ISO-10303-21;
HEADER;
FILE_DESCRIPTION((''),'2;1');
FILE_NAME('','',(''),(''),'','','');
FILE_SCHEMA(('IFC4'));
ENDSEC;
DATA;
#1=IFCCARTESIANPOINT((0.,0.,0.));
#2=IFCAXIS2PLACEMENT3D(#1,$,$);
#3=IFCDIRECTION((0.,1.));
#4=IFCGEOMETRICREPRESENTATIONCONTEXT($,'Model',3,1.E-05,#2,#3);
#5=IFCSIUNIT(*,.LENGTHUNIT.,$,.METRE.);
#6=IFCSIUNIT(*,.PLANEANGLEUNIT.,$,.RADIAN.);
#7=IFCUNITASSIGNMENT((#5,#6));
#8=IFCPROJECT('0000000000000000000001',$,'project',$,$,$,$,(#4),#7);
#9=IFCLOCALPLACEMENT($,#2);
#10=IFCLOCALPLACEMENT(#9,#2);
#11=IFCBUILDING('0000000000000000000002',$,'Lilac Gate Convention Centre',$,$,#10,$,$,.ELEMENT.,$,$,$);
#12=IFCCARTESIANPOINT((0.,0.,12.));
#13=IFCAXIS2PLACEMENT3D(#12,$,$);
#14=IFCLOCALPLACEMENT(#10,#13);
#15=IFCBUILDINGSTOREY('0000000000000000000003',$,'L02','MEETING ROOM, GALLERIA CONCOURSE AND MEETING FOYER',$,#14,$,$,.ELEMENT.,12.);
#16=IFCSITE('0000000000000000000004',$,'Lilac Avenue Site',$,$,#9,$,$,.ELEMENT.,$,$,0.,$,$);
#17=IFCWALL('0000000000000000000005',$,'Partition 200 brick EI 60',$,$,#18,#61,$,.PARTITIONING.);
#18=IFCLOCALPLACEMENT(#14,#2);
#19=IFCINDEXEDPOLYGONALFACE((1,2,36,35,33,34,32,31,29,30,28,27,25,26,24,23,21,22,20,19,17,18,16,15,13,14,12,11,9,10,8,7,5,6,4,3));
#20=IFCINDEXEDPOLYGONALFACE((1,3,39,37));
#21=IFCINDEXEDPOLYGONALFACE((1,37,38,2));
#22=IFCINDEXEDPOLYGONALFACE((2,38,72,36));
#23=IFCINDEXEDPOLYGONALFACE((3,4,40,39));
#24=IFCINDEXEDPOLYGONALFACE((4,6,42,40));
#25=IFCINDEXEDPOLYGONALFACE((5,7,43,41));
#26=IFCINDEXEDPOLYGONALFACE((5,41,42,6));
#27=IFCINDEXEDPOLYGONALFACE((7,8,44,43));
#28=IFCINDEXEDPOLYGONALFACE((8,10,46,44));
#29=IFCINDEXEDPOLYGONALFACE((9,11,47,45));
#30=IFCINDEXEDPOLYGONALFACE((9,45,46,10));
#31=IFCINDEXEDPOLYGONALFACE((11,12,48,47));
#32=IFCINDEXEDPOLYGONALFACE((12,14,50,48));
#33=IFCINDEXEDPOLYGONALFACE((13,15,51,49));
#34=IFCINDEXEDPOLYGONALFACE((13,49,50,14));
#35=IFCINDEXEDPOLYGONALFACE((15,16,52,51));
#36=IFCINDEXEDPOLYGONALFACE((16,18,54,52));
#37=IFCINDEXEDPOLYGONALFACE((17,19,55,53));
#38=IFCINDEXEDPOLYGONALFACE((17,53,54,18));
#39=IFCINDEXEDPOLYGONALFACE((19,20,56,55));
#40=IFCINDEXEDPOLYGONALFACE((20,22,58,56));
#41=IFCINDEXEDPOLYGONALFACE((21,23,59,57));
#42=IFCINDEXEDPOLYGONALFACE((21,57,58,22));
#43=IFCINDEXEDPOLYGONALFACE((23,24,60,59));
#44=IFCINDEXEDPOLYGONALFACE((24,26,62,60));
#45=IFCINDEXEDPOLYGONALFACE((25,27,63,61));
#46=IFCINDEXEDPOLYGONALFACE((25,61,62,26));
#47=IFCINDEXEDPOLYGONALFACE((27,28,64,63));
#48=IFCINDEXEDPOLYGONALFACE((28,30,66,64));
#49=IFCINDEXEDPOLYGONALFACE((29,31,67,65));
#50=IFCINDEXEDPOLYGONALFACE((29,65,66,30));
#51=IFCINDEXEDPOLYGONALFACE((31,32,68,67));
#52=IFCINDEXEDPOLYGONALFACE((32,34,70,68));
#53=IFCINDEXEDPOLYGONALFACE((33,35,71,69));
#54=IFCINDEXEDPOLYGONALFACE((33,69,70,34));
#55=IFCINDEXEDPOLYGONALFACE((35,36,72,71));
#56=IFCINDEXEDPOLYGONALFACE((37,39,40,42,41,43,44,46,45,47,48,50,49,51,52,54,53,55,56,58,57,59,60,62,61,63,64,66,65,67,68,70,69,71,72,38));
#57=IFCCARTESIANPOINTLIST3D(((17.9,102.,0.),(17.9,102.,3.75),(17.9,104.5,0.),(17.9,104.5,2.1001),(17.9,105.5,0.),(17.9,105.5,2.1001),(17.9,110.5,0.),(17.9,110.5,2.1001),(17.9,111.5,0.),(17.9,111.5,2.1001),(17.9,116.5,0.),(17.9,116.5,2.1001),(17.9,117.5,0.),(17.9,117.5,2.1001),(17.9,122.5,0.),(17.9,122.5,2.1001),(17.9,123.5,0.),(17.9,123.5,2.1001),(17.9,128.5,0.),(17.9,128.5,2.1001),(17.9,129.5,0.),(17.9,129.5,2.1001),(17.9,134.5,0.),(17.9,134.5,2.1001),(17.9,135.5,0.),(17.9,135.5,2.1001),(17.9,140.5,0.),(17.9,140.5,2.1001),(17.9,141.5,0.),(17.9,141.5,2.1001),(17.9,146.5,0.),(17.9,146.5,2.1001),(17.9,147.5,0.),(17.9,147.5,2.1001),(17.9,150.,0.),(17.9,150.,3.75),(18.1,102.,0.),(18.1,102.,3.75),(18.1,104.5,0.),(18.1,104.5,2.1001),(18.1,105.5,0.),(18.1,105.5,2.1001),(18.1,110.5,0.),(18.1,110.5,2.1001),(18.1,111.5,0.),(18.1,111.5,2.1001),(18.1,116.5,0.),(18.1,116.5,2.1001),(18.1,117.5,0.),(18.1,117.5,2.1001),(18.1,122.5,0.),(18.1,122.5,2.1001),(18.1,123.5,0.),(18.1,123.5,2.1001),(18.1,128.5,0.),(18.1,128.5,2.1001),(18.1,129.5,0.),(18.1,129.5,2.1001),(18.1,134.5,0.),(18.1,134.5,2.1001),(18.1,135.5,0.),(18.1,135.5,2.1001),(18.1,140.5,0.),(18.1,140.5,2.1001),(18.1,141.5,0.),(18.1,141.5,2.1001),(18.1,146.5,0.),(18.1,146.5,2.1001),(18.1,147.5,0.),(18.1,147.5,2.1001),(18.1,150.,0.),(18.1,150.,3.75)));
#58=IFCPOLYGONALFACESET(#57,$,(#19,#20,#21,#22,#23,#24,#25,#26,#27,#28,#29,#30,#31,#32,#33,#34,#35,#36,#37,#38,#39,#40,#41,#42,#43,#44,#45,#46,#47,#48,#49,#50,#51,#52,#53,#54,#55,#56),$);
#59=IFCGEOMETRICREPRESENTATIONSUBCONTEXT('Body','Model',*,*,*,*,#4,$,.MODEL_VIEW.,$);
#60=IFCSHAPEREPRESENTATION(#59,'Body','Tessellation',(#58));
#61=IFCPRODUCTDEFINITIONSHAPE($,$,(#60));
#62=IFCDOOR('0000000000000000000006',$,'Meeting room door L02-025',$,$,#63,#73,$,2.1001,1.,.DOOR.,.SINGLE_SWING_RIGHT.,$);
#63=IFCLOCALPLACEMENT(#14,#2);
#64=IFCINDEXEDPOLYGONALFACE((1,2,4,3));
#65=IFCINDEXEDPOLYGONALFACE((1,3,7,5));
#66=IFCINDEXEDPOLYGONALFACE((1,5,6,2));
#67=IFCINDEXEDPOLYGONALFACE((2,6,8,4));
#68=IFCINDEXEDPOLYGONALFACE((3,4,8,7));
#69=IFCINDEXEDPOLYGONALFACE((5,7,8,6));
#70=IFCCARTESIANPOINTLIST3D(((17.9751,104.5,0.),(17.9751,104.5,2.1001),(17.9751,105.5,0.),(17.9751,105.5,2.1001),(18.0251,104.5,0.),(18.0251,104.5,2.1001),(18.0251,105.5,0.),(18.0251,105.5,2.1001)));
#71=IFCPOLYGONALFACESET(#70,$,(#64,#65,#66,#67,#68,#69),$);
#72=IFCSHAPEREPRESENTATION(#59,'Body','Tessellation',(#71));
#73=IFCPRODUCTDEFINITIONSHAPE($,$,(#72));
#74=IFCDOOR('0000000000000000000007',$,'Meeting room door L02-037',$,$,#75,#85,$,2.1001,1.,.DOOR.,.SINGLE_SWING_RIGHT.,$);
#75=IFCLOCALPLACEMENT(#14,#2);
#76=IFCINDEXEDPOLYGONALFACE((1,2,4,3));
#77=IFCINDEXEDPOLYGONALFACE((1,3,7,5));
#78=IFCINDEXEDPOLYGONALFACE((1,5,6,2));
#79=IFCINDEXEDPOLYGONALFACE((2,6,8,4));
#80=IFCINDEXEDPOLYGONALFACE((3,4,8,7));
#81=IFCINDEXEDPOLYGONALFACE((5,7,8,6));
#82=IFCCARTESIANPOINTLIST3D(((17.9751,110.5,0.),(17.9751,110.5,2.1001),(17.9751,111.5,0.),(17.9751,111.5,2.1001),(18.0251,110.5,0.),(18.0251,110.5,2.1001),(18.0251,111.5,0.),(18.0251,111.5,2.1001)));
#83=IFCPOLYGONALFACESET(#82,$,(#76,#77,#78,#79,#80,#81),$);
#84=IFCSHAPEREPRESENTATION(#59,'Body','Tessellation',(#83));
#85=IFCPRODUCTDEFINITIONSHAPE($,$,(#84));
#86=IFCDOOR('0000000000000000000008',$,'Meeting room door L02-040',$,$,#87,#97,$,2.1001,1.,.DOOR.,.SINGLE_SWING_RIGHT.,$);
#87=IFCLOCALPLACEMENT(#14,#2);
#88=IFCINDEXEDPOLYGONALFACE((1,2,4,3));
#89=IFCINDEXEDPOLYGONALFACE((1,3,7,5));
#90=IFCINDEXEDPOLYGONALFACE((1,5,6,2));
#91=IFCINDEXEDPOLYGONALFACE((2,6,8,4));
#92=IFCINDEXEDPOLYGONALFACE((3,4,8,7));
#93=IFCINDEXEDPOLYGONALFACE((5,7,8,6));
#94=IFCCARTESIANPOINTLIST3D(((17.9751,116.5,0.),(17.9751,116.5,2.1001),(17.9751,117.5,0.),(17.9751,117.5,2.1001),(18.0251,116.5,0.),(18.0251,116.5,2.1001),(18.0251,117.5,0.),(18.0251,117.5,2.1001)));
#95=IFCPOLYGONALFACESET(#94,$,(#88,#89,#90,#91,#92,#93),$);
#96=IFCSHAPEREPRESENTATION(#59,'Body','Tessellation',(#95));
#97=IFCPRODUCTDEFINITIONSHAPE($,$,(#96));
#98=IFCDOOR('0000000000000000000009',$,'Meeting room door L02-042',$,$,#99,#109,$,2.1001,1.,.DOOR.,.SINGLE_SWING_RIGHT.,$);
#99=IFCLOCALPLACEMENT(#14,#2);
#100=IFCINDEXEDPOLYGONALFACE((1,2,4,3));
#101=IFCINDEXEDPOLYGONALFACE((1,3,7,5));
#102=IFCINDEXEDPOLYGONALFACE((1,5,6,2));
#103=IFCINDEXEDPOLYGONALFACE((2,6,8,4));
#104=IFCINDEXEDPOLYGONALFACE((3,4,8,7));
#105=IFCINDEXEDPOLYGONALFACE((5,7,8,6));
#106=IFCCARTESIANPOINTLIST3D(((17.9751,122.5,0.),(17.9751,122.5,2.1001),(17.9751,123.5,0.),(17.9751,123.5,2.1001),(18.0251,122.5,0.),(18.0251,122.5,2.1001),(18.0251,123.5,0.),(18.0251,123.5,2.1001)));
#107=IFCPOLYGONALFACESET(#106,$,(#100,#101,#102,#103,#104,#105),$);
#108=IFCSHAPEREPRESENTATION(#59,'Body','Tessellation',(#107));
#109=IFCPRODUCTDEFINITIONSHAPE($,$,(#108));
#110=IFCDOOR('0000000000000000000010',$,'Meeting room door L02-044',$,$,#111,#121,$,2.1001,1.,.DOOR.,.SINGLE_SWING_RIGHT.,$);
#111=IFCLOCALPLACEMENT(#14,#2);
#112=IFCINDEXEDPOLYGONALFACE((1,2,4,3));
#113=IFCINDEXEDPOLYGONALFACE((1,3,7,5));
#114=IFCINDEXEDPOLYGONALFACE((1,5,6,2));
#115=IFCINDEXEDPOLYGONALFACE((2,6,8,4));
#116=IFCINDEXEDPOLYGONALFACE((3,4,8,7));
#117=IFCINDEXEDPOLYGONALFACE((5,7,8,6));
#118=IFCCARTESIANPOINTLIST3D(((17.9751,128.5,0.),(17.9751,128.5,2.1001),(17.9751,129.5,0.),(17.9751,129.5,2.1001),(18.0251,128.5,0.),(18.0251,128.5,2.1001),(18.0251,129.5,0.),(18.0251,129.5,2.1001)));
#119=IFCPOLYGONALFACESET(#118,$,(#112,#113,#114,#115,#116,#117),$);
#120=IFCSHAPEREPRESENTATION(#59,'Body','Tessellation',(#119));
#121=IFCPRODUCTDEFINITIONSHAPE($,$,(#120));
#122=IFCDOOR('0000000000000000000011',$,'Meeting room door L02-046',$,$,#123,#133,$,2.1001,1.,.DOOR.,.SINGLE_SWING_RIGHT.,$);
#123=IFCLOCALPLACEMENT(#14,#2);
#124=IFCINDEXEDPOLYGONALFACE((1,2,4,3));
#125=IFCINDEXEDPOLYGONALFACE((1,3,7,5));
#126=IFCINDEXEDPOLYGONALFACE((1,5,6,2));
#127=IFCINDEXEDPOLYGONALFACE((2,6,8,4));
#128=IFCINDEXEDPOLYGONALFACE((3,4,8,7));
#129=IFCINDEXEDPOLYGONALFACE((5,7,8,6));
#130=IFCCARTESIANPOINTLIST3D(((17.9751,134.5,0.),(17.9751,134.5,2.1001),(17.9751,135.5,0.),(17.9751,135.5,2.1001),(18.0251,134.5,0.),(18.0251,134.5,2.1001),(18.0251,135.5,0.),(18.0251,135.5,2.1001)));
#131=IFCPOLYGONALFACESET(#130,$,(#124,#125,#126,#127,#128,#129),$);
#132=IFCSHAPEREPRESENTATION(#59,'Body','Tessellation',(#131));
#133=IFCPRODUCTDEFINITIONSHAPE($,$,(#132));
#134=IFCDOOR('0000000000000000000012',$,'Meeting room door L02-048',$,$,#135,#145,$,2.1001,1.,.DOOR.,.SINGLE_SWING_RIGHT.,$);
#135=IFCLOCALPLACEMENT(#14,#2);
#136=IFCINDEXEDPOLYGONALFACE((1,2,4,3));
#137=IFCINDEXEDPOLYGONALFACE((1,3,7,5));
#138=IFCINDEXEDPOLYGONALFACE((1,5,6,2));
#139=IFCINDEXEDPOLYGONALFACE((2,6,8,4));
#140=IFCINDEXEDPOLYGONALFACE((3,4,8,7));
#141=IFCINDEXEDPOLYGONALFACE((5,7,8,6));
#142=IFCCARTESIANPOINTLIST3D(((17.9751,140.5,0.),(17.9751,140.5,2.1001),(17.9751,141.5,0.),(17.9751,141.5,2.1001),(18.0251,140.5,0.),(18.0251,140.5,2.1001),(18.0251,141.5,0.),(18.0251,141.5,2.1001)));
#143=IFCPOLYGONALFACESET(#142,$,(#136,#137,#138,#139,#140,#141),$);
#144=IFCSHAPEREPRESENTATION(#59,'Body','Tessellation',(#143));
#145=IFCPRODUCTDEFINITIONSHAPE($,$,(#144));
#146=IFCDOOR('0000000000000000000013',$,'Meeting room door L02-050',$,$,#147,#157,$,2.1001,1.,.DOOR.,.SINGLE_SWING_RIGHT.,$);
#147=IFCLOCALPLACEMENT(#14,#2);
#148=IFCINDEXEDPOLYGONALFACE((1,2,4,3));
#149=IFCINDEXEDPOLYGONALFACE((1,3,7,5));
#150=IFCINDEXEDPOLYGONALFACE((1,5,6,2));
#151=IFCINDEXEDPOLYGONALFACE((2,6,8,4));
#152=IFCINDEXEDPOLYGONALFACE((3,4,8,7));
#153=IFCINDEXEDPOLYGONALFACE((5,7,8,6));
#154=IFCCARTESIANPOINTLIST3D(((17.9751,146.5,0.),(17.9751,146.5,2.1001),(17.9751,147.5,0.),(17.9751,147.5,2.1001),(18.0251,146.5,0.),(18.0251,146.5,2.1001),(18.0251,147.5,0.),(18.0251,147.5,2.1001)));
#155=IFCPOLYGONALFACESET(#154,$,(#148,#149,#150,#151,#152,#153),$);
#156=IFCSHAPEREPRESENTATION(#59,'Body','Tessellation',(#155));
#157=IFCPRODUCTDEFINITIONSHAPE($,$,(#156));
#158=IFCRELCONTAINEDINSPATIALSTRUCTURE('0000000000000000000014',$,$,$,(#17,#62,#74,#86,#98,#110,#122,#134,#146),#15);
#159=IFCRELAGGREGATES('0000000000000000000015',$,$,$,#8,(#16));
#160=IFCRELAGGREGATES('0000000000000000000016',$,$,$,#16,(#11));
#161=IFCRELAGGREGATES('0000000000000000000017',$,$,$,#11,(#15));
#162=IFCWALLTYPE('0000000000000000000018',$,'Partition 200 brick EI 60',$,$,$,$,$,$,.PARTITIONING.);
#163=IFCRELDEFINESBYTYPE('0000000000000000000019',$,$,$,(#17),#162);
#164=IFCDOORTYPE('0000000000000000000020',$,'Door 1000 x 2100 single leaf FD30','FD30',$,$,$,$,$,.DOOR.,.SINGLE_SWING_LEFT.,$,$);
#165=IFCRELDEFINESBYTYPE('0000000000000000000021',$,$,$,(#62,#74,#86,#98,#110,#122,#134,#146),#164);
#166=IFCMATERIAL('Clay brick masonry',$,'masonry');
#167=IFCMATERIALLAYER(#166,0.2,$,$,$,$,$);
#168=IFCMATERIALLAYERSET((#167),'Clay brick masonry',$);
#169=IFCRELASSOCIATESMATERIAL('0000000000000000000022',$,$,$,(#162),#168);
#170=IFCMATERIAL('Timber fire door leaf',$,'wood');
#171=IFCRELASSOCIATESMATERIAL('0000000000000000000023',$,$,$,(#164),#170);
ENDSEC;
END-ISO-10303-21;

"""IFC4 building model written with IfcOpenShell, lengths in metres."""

from ifc_helpers import new_model, si_unit, direction, frame, frame_2d, origin, place, context, subcontext, project, spatial, rectangle, extrude, material, layer, layer_set, type_object, element, fill, save


model = new_model("IFC4")

# Units and contexts
model_context = context("Model", 3, precision=1e-05, world=origin(), true_north=direction((0.0, 1.0)))
body_context = subcontext(model_context, "Body", "Model", "MODEL_VIEW")
ifc_project = project(units=[si_unit("LENGTHUNIT", "METRE"), si_unit("PLANEANGLEUNIT", "RADIAN")], contexts=[model_context])

# Site, building, storey
site_placement = place(None, origin())
site = spatial("IfcSite", under=ifc_project, at=site_placement, Name="Lilac Avenue Site", CompositionType="ELEMENT", RefElevation=0.0)
building_placement = place(site_placement, origin())
building = spatial("IfcBuilding", under=site, at=building_placement, Name="Lilac Gate Convention Centre", CompositionType="ELEMENT")
storey_placement = place(building_placement, frame((0.0, 0.0, 12.0)))
storey = spatial("IfcBuildingStorey", under=building, at=storey_placement, Name="L02", Description="MEETING ROOM, GALLERIA CONCOURSE AND MEETING FOYER", CompositionType="ELEMENT", Elevation=12.0)

# Shared definitions
ifc_material_1 = material(Name="Clay brick masonry", Category="masonry")
ifc_layer_1 = layer(ifc_material_1, 0.2)
ifc_layer_set_1 = layer_set([ifc_layer_1], Name="Clay brick masonry")
wall_type_1 = type_object("IfcWallType", Name="Partition 200 brick EI 60", PredefinedType="PARTITIONING", material=ifc_layer_set_1)

# Wall, openings, doors
wall_1_placement = place(storey_placement, frame((18.0, 102.0, 0.0), z_axis=(0.0, 0.0, 1.0), x_axis=(0.0, 1.0, 0.0)))
wall_1 = element("IfcWall", 1, at=wall_1_placement, inside=storey, type_object=wall_type_1, Name="Partition 200 brick EI 60", PredefinedType="PARTITIONING", context=body_context, shape_type="SweptSolid", body=[
    extrude(rectangle(XDim=48.0, YDim=0.2, at=frame_2d((24.0, 0.0))), origin(), (0.0, 0.0, 1.0), 3.75),
])
opening_1_placement = place(wall_1_placement, frame((2.5, 0.0, 0.0)))
opening_1 = element("IfcOpeningElement", 2, at=opening_1_placement, cuts=wall_1, PredefinedType="OPENING", context=body_context, shape_type="SweptSolid", body=[
    extrude(rectangle(XDim=1.0, YDim=2.1001, at=frame_2d((0.5, 1.05))), frame((0.0, 0.1099, 0.0), z_axis=(0.0, -1.0, 0.0), x_axis=(1.0, 0.0, 0.0)), (0.0, 0.0, 1.0), 0.22),
])
opening_2_placement = place(wall_1_placement, frame((8.5, 0.0, 0.0)))
opening_2 = element("IfcOpeningElement", 3, at=opening_2_placement, cuts=wall_1, PredefinedType="OPENING", context=body_context, shape_type="SweptSolid", body=[
    extrude(rectangle(XDim=1.0, YDim=2.1001, at=frame_2d((0.5, 1.05))), frame((0.0, 0.1099, 0.0), z_axis=(0.0, -1.0, 0.0), x_axis=(1.0, 0.0, 0.0)), (0.0, 0.0, 1.0), 0.22),
])
opening_3_placement = place(wall_1_placement, frame((14.5, 0.0, 0.0)))
opening_3 = element("IfcOpeningElement", 4, at=opening_3_placement, cuts=wall_1, PredefinedType="OPENING", context=body_context, shape_type="SweptSolid", body=[
    extrude(rectangle(XDim=1.0, YDim=2.1001, at=frame_2d((0.5, 1.05))), frame((0.0, 0.1099, 0.0), z_axis=(0.0, -1.0, 0.0), x_axis=(1.0, 0.0, 0.0)), (0.0, 0.0, 1.0), 0.22),
])
opening_4_placement = place(wall_1_placement, frame((20.5, 0.0, 0.0)))
opening_4 = element("IfcOpeningElement", 5, at=opening_4_placement, cuts=wall_1, PredefinedType="OPENING", context=body_context, shape_type="SweptSolid", body=[
    extrude(rectangle(XDim=1.0, YDim=2.1001, at=frame_2d((0.5, 1.05))), frame((0.0, 0.1099, 0.0), z_axis=(0.0, -1.0, 0.0), x_axis=(1.0, 0.0, 0.0)), (0.0, 0.0, 1.0), 0.22),
])
opening_5_placement = place(wall_1_placement, frame((26.5, 0.0, 0.0)))
opening_5 = element("IfcOpeningElement", 6, at=opening_5_placement, cuts=wall_1, PredefinedType="OPENING", context=body_context, shape_type="SweptSolid", body=[
    extrude(rectangle(XDim=1.0, YDim=2.1001, at=frame_2d((0.5, 1.05))), frame((0.0, 0.1099, 0.0), z_axis=(0.0, -1.0, 0.0), x_axis=(1.0, 0.0, 0.0)), (0.0, 0.0, 1.0), 0.22),
])
opening_6_placement = place(wall_1_placement, frame((32.5, 0.0, 0.0)))
opening_6 = element("IfcOpeningElement", 7, at=opening_6_placement, cuts=wall_1, PredefinedType="OPENING", context=body_context, shape_type="SweptSolid", body=[
    extrude(rectangle(XDim=1.0, YDim=2.1001, at=frame_2d((0.5, 1.05))), frame((0.0, 0.1099, 0.0), z_axis=(0.0, -1.0, 0.0), x_axis=(1.0, 0.0, 0.0)), (0.0, 0.0, 1.0), 0.22),
])
opening_7_placement = place(wall_1_placement, frame((38.5, 0.0, 0.0)))
opening_7 = element("IfcOpeningElement", 8, at=opening_7_placement, cuts=wall_1, PredefinedType="OPENING", context=body_context, shape_type="SweptSolid", body=[
    extrude(rectangle(XDim=1.0, YDim=2.1001, at=frame_2d((0.5, 1.05))), frame((0.0, 0.1099, 0.0), z_axis=(0.0, -1.0, 0.0), x_axis=(1.0, 0.0, 0.0)), (0.0, 0.0, 1.0), 0.22),
])
opening_8_placement = place(wall_1_placement, frame((44.5, 0.0, 0.0)))
opening_8 = element("IfcOpeningElement", 9, at=opening_8_placement, cuts=wall_1, PredefinedType="OPENING", context=body_context, shape_type="SweptSolid", body=[
    extrude(rectangle(XDim=1.0, YDim=2.1001, at=frame_2d((0.5, 1.05))), frame((0.0, 0.1099, 0.0), z_axis=(0.0, -1.0, 0.0), x_axis=(1.0, 0.0, 0.0)), (0.0, 0.0, 1.0), 0.22),
])
ifc_material_2 = material(Name="Timber fire door leaf", Category="wood")
door_type = type_object("IfcDoorType", Name="Door 1000 x 2100 single leaf FD30", Description="FD30", OperationType="SINGLE_SWING_LEFT", PredefinedType="DOOR", material=ifc_material_2)
door_1_placement = place(opening_1_placement, origin())
door_1 = element("IfcDoor", 10, at=door_1_placement, inside=storey, type_object=door_type, Name="Meeting room door L02-025", OperationType="SINGLE_SWING_RIGHT", OverallHeight=2.1001, OverallWidth=1.0, PredefinedType="DOOR", context=body_context, shape_type="SweptSolid", body=[
    extrude(rectangle(XDim=1.0, YDim=2.1001, at=frame_2d((0.5, 1.05))), frame((0.0, 0.0249, 0.0), z_axis=(0.0, -1.0, 0.0), x_axis=(1.0, 0.0, 0.0)), (0.0, 0.0, 1.0), 0.05),
])
fill(opening_1, door_1)
door_2_placement = place(opening_2_placement, origin())
door_2 = element("IfcDoor", 11, at=door_2_placement, inside=storey, type_object=door_type, Name="Meeting room door L02-037", OperationType="SINGLE_SWING_RIGHT", OverallHeight=2.1001, OverallWidth=1.0, PredefinedType="DOOR", context=body_context, shape_type="SweptSolid", body=[
    extrude(rectangle(XDim=1.0, YDim=2.1001, at=frame_2d((0.5, 1.05))), frame((0.0, 0.0249, 0.0), z_axis=(0.0, -1.0, 0.0), x_axis=(1.0, 0.0, 0.0)), (0.0, 0.0, 1.0), 0.05),
])
fill(opening_2, door_2)
door_3_placement = place(opening_3_placement, origin())
door_3 = element("IfcDoor", 12, at=door_3_placement, inside=storey, type_object=door_type, Name="Meeting room door L02-040", OperationType="SINGLE_SWING_RIGHT", OverallHeight=2.1001, OverallWidth=1.0, PredefinedType="DOOR", context=body_context, shape_type="SweptSolid", body=[
    extrude(rectangle(XDim=1.0, YDim=2.1001, at=frame_2d((0.5, 1.05))), frame((0.0, 0.0249, 0.0), z_axis=(0.0, -1.0, 0.0), x_axis=(1.0, 0.0, 0.0)), (0.0, 0.0, 1.0), 0.05),
])
fill(opening_3, door_3)
door_4_placement = place(opening_4_placement, origin())
door_4 = element("IfcDoor", 13, at=door_4_placement, inside=storey, type_object=door_type, Name="Meeting room door L02-042", OperationType="SINGLE_SWING_RIGHT", OverallHeight=2.1001, OverallWidth=1.0, PredefinedType="DOOR", context=body_context, shape_type="SweptSolid", body=[
    extrude(rectangle(XDim=1.0, YDim=2.1001, at=frame_2d((0.5, 1.05))), frame((0.0, 0.0249, 0.0), z_axis=(0.0, -1.0, 0.0), x_axis=(1.0, 0.0, 0.0)), (0.0, 0.0, 1.0), 0.05),
])
fill(opening_4, door_4)
door_5_placement = place(opening_5_placement, origin())
door_5 = element("IfcDoor", 14, at=door_5_placement, inside=storey, type_object=door_type, Name="Meeting room door L02-044", OperationType="SINGLE_SWING_RIGHT", OverallHeight=2.1001, OverallWidth=1.0, PredefinedType="DOOR", context=body_context, shape_type="SweptSolid", body=[
    extrude(rectangle(XDim=1.0, YDim=2.1001, at=frame_2d((0.5, 1.05))), frame((0.0, 0.0249, 0.0), z_axis=(0.0, -1.0, 0.0), x_axis=(1.0, 0.0, 0.0)), (0.0, 0.0, 1.0), 0.05),
])
fill(opening_5, door_5)
door_6_placement = place(opening_6_placement, origin())
door_6 = element("IfcDoor", 15, at=door_6_placement, inside=storey, type_object=door_type, Name="Meeting room door L02-046", OperationType="SINGLE_SWING_RIGHT", OverallHeight=2.1001, OverallWidth=1.0, PredefinedType="DOOR", context=body_context, shape_type="SweptSolid", body=[
    extrude(rectangle(XDim=1.0, YDim=2.1001, at=frame_2d((0.5, 1.05))), frame((0.0, 0.0249, 0.0), z_axis=(0.0, -1.0, 0.0), x_axis=(1.0, 0.0, 0.0)), (0.0, 0.0, 1.0), 0.05),
])
fill(opening_6, door_6)
door_7_placement = place(opening_7_placement, origin())
door_7 = element("IfcDoor", 16, at=door_7_placement, inside=storey, type_object=door_type, Name="Meeting room door L02-048", OperationType="SINGLE_SWING_RIGHT", OverallHeight=2.1001, OverallWidth=1.0, PredefinedType="DOOR", context=body_context, shape_type="SweptSolid", body=[
    extrude(rectangle(XDim=1.0, YDim=2.1001, at=frame_2d((0.5, 1.05))), frame((0.0, 0.0249, 0.0), z_axis=(0.0, -1.0, 0.0), x_axis=(1.0, 0.0, 0.0)), (0.0, 0.0, 1.0), 0.05),
])
fill(opening_7, door_7)
door_8_placement = place(opening_8_placement, origin())
door_8 = element("IfcDoor", 17, at=door_8_placement, inside=storey, type_object=door_type, Name="Meeting room door L02-050", OperationType="SINGLE_SWING_RIGHT", OverallHeight=2.1001, OverallWidth=1.0, PredefinedType="DOOR", context=body_context, shape_type="SweptSolid", body=[
    extrude(rectangle(XDim=1.0, YDim=2.1001, at=frame_2d((0.5, 1.05))), frame((0.0, 0.0249, 0.0), z_axis=(0.0, -1.0, 0.0), x_axis=(1.0, 0.0, 0.0)), (0.0, 0.0, 1.0), 0.05),
])
fill(opening_8, door_8)

save(model, "model.ifc")
